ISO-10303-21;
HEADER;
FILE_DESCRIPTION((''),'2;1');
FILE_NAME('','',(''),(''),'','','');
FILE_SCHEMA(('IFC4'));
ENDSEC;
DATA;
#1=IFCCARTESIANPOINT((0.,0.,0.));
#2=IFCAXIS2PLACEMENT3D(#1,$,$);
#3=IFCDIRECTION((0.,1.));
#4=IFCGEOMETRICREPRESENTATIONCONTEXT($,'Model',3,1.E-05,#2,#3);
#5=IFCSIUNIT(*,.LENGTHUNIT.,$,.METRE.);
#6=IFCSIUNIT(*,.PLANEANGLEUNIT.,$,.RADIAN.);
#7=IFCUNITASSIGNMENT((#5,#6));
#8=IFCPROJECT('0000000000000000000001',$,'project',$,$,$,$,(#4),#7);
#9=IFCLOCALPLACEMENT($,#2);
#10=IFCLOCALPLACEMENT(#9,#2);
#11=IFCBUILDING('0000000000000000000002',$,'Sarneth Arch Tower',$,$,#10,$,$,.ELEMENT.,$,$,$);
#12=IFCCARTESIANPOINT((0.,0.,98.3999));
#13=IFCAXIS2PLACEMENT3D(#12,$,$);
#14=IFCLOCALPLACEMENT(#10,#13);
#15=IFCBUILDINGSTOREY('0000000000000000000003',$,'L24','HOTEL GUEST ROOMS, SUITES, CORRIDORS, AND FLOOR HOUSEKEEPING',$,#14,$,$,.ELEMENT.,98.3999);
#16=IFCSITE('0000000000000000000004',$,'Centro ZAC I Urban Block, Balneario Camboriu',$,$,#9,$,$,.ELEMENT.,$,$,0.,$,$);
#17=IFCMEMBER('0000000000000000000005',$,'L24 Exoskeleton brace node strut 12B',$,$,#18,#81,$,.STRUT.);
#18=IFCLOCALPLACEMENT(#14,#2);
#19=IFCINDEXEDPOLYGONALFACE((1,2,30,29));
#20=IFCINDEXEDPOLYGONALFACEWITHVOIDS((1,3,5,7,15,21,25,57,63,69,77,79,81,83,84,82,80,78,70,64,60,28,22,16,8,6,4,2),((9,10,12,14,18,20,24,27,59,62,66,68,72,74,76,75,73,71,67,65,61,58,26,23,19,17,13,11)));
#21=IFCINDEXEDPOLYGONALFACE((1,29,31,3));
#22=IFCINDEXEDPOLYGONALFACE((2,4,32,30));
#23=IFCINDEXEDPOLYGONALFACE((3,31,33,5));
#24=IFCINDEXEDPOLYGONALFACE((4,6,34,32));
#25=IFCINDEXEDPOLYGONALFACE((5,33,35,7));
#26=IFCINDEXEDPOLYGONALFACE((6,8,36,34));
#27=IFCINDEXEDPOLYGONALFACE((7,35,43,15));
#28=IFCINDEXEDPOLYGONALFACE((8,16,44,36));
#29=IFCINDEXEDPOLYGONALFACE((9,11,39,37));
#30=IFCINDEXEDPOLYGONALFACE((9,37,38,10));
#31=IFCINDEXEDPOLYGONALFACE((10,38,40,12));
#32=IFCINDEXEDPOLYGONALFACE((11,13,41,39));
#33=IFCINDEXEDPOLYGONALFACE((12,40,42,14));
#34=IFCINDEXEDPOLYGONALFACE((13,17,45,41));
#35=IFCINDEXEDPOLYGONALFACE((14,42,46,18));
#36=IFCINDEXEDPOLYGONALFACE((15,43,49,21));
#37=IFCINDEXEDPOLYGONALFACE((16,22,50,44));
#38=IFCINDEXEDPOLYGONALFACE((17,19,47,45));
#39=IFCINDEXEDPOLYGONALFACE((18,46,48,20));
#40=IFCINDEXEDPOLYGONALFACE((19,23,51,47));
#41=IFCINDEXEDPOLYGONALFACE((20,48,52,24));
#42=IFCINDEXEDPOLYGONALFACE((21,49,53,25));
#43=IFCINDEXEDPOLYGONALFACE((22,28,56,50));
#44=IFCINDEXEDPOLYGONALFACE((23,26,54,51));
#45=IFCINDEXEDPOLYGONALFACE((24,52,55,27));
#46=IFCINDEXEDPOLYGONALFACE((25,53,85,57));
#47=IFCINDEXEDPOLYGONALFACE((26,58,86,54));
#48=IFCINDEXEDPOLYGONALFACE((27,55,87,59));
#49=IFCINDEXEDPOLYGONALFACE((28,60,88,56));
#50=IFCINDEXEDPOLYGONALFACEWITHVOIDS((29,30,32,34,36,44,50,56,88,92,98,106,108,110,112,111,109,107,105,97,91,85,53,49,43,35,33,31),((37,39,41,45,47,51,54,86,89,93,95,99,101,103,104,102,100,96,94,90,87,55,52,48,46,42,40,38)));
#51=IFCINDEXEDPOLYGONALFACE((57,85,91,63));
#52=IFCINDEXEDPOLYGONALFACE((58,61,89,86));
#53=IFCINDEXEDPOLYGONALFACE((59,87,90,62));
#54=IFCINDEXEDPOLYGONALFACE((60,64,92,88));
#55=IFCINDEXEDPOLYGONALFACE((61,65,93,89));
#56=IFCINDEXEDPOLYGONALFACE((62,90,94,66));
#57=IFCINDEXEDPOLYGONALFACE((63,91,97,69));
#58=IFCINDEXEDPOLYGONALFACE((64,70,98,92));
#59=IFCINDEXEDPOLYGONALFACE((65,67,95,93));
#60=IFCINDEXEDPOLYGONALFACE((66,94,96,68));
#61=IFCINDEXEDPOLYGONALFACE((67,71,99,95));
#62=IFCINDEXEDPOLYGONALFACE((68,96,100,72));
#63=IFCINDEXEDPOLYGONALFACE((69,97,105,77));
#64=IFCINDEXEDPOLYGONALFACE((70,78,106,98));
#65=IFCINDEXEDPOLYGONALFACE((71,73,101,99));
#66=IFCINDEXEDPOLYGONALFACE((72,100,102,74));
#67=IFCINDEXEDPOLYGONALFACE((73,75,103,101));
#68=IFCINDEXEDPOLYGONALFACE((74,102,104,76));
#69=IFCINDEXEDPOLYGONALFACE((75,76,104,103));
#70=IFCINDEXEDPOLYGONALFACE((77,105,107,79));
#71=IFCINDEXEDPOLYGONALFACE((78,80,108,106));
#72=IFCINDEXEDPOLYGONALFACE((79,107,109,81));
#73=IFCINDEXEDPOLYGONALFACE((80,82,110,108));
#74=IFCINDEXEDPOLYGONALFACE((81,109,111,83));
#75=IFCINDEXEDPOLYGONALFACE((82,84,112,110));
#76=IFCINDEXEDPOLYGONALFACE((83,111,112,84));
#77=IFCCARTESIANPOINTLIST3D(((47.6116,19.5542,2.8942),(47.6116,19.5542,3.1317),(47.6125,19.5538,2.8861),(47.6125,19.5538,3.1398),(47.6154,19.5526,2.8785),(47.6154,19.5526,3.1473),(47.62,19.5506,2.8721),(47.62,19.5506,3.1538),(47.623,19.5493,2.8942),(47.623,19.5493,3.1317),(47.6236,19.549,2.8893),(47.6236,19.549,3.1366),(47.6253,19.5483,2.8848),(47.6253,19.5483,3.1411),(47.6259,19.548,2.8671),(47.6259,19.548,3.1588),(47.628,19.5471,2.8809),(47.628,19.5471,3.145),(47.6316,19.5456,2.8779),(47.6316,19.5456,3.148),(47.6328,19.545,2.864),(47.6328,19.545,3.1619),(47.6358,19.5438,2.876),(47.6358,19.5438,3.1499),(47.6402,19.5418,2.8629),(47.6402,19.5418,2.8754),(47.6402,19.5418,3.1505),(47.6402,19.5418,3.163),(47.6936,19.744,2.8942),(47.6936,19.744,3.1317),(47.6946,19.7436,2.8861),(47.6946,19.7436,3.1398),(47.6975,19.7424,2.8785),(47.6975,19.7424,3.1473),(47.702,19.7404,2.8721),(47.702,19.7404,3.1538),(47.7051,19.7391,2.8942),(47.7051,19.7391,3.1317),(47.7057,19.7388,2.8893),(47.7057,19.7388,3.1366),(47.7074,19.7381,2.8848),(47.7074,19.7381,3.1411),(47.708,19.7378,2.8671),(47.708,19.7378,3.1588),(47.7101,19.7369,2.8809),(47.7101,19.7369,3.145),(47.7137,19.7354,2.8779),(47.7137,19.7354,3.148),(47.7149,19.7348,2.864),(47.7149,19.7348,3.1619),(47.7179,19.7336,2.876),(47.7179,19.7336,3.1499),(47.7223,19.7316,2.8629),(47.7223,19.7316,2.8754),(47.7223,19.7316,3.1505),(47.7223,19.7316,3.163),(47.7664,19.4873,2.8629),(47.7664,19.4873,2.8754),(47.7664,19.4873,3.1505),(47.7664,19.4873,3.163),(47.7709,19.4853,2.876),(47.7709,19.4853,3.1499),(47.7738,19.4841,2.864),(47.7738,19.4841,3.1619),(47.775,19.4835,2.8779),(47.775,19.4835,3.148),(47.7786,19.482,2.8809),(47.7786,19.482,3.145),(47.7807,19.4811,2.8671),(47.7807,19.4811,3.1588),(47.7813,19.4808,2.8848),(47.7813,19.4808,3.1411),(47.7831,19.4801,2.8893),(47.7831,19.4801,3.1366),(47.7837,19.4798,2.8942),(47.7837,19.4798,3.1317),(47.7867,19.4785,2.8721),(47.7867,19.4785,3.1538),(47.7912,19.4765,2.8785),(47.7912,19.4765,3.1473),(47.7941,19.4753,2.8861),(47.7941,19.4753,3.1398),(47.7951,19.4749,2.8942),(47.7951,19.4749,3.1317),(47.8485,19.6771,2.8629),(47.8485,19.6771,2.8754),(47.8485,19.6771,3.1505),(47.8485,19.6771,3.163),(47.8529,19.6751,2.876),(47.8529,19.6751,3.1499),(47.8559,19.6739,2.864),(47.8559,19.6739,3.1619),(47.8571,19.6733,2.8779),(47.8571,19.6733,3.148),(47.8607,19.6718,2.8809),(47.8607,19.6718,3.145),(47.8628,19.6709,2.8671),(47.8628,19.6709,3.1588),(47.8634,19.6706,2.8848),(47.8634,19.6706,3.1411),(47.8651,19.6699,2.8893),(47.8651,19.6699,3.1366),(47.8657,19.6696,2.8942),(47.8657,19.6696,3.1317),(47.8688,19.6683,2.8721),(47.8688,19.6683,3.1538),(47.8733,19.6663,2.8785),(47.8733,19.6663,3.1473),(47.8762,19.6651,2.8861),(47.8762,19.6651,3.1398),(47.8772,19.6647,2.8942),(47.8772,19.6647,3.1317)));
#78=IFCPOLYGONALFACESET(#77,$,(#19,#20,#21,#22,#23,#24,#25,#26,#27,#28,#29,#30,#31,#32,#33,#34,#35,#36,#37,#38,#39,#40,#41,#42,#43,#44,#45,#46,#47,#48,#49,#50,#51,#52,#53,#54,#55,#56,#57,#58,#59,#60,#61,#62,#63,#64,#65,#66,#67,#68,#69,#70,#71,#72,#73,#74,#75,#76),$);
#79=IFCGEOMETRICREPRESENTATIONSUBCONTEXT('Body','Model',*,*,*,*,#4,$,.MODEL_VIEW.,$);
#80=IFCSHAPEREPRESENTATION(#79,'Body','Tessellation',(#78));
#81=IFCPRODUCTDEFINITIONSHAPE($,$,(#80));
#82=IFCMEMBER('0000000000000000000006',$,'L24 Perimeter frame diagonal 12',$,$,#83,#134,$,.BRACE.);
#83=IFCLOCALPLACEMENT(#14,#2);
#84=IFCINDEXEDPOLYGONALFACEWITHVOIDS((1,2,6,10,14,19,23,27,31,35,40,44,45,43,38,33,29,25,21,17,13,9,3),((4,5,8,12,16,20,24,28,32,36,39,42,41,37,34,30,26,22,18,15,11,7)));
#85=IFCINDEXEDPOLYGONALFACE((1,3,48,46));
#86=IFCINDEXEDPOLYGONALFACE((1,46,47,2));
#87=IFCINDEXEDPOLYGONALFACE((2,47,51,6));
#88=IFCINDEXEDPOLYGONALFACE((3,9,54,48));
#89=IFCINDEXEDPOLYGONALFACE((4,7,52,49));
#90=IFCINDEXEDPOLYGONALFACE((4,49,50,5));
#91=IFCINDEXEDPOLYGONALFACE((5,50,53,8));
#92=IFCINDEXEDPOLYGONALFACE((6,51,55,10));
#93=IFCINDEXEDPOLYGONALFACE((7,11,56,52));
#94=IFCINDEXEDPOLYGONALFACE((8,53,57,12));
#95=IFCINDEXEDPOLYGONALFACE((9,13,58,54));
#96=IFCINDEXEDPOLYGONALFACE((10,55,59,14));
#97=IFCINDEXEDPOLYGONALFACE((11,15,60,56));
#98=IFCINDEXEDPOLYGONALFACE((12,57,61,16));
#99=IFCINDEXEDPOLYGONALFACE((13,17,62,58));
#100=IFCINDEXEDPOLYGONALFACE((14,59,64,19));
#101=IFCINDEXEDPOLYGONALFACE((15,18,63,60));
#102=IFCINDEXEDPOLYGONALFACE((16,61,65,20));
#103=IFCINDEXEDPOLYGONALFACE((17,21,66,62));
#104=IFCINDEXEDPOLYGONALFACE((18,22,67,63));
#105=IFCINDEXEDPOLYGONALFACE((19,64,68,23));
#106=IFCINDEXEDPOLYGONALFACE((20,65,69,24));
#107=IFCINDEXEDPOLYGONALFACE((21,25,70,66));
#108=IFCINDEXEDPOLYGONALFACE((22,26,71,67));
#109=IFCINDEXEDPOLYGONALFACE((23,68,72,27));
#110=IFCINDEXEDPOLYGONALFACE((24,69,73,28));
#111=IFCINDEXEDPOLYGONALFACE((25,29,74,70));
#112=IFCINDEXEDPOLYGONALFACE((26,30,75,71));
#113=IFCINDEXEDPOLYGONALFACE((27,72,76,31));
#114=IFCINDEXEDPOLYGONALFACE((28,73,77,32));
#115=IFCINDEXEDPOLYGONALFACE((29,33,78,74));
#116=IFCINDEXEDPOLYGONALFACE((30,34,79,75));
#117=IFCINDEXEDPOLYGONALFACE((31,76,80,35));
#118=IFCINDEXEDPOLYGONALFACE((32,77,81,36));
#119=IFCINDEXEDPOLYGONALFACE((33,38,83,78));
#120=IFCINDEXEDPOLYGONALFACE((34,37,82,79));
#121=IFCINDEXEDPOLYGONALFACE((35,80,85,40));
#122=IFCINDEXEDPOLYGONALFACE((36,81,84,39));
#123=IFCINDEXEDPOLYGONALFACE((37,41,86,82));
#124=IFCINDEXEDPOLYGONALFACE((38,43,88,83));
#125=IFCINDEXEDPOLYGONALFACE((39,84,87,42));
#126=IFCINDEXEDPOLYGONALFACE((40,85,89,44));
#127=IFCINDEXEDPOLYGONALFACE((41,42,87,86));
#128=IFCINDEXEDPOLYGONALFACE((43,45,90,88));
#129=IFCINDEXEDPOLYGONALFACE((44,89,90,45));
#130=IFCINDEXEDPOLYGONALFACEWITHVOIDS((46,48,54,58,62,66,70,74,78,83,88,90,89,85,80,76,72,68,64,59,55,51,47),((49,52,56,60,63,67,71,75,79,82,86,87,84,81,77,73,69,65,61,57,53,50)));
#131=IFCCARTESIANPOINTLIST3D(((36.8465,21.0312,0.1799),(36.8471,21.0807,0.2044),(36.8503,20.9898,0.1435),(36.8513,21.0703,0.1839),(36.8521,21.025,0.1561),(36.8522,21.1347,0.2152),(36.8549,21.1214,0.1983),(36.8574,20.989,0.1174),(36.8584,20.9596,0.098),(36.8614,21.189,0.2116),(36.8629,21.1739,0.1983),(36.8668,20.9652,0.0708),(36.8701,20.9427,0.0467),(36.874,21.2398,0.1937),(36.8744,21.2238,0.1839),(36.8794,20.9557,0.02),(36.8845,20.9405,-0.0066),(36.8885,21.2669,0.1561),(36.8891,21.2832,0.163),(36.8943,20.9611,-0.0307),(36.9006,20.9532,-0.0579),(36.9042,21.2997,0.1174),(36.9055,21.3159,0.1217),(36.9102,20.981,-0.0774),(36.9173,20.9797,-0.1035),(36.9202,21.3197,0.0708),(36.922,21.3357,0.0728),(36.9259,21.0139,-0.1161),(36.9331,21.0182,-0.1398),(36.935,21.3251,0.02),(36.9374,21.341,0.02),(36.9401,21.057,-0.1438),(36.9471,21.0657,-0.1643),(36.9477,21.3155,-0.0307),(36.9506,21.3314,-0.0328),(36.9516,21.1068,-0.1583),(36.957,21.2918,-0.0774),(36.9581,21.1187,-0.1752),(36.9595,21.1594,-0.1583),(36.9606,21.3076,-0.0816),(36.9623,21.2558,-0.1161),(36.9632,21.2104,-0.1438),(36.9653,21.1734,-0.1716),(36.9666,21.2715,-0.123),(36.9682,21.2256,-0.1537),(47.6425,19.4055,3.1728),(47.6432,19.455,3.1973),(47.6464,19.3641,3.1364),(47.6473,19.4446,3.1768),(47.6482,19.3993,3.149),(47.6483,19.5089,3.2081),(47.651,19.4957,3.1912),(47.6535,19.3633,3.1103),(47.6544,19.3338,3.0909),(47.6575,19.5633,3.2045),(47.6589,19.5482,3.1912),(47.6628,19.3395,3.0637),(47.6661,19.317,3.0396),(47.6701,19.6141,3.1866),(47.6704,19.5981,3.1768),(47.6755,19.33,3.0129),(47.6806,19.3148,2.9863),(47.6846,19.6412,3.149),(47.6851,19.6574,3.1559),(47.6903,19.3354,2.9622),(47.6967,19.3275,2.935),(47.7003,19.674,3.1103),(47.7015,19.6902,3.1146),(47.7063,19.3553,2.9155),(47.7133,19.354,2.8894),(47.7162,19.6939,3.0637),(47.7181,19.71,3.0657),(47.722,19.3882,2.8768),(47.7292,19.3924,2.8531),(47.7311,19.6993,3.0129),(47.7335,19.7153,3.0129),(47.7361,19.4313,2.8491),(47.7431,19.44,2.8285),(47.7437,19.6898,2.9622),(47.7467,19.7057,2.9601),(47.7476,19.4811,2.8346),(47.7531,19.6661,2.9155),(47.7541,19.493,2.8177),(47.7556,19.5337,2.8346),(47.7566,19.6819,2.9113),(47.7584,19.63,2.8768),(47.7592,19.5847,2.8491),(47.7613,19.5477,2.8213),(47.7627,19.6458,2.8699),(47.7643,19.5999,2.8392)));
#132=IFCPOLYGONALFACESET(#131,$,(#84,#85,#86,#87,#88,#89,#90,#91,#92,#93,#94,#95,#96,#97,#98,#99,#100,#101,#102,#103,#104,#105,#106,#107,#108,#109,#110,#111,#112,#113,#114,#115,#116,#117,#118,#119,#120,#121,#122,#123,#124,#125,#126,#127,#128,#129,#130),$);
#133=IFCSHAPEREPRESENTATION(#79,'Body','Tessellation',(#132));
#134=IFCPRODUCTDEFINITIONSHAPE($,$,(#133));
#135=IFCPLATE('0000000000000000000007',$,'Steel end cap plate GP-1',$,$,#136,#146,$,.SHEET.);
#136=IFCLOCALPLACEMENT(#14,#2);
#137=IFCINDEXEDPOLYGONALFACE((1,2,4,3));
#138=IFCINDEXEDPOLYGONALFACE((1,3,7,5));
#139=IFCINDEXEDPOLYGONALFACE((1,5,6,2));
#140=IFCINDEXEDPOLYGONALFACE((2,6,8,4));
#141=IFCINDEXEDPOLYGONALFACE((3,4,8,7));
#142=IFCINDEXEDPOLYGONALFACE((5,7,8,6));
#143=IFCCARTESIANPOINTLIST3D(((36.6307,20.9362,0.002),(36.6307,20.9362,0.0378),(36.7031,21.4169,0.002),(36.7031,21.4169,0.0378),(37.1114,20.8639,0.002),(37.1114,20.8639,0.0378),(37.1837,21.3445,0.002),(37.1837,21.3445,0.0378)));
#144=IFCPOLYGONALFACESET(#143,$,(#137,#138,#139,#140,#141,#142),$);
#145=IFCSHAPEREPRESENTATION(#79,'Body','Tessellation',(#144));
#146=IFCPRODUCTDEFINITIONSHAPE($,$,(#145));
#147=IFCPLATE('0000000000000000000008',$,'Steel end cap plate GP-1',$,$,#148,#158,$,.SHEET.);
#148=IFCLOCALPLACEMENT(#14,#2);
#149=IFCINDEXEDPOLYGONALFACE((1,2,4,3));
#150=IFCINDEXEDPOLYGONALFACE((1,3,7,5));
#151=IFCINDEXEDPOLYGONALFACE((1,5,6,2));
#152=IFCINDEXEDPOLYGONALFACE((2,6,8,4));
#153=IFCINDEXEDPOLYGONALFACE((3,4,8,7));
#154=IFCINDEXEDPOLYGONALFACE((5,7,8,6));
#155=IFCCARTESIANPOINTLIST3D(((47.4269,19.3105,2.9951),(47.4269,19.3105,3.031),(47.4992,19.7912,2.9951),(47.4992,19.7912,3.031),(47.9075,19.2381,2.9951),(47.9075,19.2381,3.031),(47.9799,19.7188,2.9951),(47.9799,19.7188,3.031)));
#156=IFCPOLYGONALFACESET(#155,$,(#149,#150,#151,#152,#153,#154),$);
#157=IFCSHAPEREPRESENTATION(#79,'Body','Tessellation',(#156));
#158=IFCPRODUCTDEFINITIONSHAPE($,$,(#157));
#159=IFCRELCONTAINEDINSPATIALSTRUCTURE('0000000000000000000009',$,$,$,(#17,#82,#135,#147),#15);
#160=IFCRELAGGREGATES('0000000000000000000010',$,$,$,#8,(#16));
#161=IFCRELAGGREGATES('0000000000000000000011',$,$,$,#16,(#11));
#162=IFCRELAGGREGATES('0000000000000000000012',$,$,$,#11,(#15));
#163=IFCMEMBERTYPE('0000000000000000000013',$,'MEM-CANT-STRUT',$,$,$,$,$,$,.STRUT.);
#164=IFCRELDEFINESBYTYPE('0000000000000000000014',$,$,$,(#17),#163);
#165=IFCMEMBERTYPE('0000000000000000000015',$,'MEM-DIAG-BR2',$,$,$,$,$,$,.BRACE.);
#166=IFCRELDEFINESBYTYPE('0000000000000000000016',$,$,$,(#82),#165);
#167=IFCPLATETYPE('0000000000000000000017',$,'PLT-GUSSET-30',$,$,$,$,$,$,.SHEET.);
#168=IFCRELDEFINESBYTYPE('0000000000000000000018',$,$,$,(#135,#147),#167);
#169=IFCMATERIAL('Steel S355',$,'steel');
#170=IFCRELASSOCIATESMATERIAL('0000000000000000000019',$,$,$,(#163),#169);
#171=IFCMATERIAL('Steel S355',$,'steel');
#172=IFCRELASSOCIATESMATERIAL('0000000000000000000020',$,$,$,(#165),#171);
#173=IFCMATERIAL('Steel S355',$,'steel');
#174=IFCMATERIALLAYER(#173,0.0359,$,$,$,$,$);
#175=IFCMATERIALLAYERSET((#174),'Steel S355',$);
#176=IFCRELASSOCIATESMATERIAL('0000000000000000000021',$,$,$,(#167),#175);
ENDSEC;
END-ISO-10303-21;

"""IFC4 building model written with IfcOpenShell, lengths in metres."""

from ifc_helpers import new_model, si_unit, direction, frame, origin, origin_2d, place, context, subcontext, project, spatial, rectangle, hollow_rectangle, hollow_circle, extrude, material, layer, layer_set, material_profile, profile_set, type_object, element, save


model = new_model("IFC4")

# Units and contexts
model_context = context("Model", 3, precision=1e-05, world=origin(), true_north=direction((0.0, 1.0)))
body_context = subcontext(model_context, "Body", "Model", "MODEL_VIEW")
ifc_project = project(units=[si_unit("LENGTHUNIT", "METRE"), si_unit("PLANEANGLEUNIT", "RADIAN")], contexts=[model_context])

# Site, building, storey
site_placement = place(None, origin())
site = spatial("IfcSite", under=ifc_project, at=site_placement, Name="Centro ZAC I Urban Block, Balneario Camboriu", CompositionType="ELEMENT", RefElevation=0.0)
building_placement = place(site_placement, origin())
building = spatial("IfcBuilding", under=site, at=building_placement, Name="Sarneth Arch Tower", CompositionType="ELEMENT")
storey_placement = place(building_placement, frame((0.0, 0.0, 98.3999)))
storey = spatial("IfcBuildingStorey", under=building, at=storey_placement, Name="L24", Description="HOTEL GUEST ROOMS, SUITES, CORRIDORS, AND FLOOR HOUSEKEEPING", CompositionType="ELEMENT", Elevation=98.3999)

# Members
ifc_material_1 = material(Name="Steel S355", Category="steel")
ifc_material_profile_1 = material_profile(ifc_material_1, hollow_rectangle(XDim=0.2, YDim=0.3, WallThickness=0.0125, InnerFilletRadius=0.0188, OuterFilletRadius=0.0312, at=origin_2d()), Name="RHS300x200x12.5")
ifc_profile_set_1 = profile_set([ifc_material_profile_1], Name="Steel S355")
member_type_1 = type_object("IfcMemberType", Name="MEM-CANT-STRUT", PredefinedType="STRUT", material=ifc_profile_set_1)
member_1_placement = place(storey_placement, frame((47.7854, 19.7043, 3.0129), z_axis=(-0.396911, -0.917857, 0.0), x_axis=(0.917857, -0.396911, 0.0)))
element("IfcMember", 1, at=member_1_placement, inside=storey, type_object=member_type_1, Name="L24 Exoskeleton brace node strut 12B", PredefinedType="STRUT", context=body_context, shape_type="SweptSolid", body=[
    extrude(hollow_rectangle(XDim=0.2, YDim=0.3, WallThickness=0.0125, InnerFilletRadius=0.0188, OuterFilletRadius=0.0312, at=origin_2d()), origin(), (0.0, 0.0, 1.0), 0.2068),
])
ifc_material_2 = material(Name="Steel S355", Category="steel")
ifc_material_profile_2 = material_profile(ifc_material_2, hollow_circle(Radius=0.2029, WallThickness=0.0161, at=origin_2d()), Name="CHS406x16")
ifc_profile_set_2 = profile_set([ifc_material_profile_2], Name="Steel S355")
member_type_2 = type_object("IfcMemberType", Name="MEM-DIAG-BR2", PredefinedType="BRACE", material=ifc_profile_set_2)
member_2_placement = place(storey_placement, frame((36.9072, 21.1404, 0.02), z_axis=(0.953668, -0.143608, 0.264377), x_axis=(0.148906, 0.988851, 0.0)))
element("IfcMember", 2, at=member_2_placement, inside=storey, type_object=member_type_2, Name="L24 Perimeter frame diagonal 12", PredefinedType="BRACE", context=body_context, shape_type="SweptSolid", body=[
    extrude(hollow_circle(Radius=0.2029, WallThickness=0.0161, at=origin_2d()), origin(), (0.0, 0.0, 1.0), 11.3206),
])

# Plates
ifc_material_3 = material(Name="Steel S355", Category="steel")
ifc_layer_1 = layer(ifc_material_3, 0.0359)
ifc_layer_set_1 = layer_set([ifc_layer_1], Name="Steel S355")
plate_type = type_object("IfcPlateType", Name="PLT-GUSSET-30", PredefinedType="SHEET", material=ifc_layer_set_1)
for number, where, z_axis, x_axis, name in (
    (3, (36.9072, 21.1404, 0.002), (0.0, 0.0, 1.0), (0.988861, -0.148845, 0.0), "Steel end cap plate GP-1"),
    (4, (47.7034, 19.5146, 2.9951), (0.0, 0.0, 1.0), (0.988861, -0.148845, 0.0), "Steel end cap plate GP-1"),
):
    element("IfcPlate", number, at=place(storey_placement, frame(where, z_axis=z_axis, x_axis=x_axis)), inside=storey, type_object=plate_type, Name=name, PredefinedType="SHEET", context=body_context, shape_type="SweptSolid", body=[
        extrude(rectangle(XDim=0.4861, YDim=0.4861, at=origin_2d()), origin(), (0.0, 0.0, 1.0), 0.0359),
    ])

save(model, "model.ifc")
